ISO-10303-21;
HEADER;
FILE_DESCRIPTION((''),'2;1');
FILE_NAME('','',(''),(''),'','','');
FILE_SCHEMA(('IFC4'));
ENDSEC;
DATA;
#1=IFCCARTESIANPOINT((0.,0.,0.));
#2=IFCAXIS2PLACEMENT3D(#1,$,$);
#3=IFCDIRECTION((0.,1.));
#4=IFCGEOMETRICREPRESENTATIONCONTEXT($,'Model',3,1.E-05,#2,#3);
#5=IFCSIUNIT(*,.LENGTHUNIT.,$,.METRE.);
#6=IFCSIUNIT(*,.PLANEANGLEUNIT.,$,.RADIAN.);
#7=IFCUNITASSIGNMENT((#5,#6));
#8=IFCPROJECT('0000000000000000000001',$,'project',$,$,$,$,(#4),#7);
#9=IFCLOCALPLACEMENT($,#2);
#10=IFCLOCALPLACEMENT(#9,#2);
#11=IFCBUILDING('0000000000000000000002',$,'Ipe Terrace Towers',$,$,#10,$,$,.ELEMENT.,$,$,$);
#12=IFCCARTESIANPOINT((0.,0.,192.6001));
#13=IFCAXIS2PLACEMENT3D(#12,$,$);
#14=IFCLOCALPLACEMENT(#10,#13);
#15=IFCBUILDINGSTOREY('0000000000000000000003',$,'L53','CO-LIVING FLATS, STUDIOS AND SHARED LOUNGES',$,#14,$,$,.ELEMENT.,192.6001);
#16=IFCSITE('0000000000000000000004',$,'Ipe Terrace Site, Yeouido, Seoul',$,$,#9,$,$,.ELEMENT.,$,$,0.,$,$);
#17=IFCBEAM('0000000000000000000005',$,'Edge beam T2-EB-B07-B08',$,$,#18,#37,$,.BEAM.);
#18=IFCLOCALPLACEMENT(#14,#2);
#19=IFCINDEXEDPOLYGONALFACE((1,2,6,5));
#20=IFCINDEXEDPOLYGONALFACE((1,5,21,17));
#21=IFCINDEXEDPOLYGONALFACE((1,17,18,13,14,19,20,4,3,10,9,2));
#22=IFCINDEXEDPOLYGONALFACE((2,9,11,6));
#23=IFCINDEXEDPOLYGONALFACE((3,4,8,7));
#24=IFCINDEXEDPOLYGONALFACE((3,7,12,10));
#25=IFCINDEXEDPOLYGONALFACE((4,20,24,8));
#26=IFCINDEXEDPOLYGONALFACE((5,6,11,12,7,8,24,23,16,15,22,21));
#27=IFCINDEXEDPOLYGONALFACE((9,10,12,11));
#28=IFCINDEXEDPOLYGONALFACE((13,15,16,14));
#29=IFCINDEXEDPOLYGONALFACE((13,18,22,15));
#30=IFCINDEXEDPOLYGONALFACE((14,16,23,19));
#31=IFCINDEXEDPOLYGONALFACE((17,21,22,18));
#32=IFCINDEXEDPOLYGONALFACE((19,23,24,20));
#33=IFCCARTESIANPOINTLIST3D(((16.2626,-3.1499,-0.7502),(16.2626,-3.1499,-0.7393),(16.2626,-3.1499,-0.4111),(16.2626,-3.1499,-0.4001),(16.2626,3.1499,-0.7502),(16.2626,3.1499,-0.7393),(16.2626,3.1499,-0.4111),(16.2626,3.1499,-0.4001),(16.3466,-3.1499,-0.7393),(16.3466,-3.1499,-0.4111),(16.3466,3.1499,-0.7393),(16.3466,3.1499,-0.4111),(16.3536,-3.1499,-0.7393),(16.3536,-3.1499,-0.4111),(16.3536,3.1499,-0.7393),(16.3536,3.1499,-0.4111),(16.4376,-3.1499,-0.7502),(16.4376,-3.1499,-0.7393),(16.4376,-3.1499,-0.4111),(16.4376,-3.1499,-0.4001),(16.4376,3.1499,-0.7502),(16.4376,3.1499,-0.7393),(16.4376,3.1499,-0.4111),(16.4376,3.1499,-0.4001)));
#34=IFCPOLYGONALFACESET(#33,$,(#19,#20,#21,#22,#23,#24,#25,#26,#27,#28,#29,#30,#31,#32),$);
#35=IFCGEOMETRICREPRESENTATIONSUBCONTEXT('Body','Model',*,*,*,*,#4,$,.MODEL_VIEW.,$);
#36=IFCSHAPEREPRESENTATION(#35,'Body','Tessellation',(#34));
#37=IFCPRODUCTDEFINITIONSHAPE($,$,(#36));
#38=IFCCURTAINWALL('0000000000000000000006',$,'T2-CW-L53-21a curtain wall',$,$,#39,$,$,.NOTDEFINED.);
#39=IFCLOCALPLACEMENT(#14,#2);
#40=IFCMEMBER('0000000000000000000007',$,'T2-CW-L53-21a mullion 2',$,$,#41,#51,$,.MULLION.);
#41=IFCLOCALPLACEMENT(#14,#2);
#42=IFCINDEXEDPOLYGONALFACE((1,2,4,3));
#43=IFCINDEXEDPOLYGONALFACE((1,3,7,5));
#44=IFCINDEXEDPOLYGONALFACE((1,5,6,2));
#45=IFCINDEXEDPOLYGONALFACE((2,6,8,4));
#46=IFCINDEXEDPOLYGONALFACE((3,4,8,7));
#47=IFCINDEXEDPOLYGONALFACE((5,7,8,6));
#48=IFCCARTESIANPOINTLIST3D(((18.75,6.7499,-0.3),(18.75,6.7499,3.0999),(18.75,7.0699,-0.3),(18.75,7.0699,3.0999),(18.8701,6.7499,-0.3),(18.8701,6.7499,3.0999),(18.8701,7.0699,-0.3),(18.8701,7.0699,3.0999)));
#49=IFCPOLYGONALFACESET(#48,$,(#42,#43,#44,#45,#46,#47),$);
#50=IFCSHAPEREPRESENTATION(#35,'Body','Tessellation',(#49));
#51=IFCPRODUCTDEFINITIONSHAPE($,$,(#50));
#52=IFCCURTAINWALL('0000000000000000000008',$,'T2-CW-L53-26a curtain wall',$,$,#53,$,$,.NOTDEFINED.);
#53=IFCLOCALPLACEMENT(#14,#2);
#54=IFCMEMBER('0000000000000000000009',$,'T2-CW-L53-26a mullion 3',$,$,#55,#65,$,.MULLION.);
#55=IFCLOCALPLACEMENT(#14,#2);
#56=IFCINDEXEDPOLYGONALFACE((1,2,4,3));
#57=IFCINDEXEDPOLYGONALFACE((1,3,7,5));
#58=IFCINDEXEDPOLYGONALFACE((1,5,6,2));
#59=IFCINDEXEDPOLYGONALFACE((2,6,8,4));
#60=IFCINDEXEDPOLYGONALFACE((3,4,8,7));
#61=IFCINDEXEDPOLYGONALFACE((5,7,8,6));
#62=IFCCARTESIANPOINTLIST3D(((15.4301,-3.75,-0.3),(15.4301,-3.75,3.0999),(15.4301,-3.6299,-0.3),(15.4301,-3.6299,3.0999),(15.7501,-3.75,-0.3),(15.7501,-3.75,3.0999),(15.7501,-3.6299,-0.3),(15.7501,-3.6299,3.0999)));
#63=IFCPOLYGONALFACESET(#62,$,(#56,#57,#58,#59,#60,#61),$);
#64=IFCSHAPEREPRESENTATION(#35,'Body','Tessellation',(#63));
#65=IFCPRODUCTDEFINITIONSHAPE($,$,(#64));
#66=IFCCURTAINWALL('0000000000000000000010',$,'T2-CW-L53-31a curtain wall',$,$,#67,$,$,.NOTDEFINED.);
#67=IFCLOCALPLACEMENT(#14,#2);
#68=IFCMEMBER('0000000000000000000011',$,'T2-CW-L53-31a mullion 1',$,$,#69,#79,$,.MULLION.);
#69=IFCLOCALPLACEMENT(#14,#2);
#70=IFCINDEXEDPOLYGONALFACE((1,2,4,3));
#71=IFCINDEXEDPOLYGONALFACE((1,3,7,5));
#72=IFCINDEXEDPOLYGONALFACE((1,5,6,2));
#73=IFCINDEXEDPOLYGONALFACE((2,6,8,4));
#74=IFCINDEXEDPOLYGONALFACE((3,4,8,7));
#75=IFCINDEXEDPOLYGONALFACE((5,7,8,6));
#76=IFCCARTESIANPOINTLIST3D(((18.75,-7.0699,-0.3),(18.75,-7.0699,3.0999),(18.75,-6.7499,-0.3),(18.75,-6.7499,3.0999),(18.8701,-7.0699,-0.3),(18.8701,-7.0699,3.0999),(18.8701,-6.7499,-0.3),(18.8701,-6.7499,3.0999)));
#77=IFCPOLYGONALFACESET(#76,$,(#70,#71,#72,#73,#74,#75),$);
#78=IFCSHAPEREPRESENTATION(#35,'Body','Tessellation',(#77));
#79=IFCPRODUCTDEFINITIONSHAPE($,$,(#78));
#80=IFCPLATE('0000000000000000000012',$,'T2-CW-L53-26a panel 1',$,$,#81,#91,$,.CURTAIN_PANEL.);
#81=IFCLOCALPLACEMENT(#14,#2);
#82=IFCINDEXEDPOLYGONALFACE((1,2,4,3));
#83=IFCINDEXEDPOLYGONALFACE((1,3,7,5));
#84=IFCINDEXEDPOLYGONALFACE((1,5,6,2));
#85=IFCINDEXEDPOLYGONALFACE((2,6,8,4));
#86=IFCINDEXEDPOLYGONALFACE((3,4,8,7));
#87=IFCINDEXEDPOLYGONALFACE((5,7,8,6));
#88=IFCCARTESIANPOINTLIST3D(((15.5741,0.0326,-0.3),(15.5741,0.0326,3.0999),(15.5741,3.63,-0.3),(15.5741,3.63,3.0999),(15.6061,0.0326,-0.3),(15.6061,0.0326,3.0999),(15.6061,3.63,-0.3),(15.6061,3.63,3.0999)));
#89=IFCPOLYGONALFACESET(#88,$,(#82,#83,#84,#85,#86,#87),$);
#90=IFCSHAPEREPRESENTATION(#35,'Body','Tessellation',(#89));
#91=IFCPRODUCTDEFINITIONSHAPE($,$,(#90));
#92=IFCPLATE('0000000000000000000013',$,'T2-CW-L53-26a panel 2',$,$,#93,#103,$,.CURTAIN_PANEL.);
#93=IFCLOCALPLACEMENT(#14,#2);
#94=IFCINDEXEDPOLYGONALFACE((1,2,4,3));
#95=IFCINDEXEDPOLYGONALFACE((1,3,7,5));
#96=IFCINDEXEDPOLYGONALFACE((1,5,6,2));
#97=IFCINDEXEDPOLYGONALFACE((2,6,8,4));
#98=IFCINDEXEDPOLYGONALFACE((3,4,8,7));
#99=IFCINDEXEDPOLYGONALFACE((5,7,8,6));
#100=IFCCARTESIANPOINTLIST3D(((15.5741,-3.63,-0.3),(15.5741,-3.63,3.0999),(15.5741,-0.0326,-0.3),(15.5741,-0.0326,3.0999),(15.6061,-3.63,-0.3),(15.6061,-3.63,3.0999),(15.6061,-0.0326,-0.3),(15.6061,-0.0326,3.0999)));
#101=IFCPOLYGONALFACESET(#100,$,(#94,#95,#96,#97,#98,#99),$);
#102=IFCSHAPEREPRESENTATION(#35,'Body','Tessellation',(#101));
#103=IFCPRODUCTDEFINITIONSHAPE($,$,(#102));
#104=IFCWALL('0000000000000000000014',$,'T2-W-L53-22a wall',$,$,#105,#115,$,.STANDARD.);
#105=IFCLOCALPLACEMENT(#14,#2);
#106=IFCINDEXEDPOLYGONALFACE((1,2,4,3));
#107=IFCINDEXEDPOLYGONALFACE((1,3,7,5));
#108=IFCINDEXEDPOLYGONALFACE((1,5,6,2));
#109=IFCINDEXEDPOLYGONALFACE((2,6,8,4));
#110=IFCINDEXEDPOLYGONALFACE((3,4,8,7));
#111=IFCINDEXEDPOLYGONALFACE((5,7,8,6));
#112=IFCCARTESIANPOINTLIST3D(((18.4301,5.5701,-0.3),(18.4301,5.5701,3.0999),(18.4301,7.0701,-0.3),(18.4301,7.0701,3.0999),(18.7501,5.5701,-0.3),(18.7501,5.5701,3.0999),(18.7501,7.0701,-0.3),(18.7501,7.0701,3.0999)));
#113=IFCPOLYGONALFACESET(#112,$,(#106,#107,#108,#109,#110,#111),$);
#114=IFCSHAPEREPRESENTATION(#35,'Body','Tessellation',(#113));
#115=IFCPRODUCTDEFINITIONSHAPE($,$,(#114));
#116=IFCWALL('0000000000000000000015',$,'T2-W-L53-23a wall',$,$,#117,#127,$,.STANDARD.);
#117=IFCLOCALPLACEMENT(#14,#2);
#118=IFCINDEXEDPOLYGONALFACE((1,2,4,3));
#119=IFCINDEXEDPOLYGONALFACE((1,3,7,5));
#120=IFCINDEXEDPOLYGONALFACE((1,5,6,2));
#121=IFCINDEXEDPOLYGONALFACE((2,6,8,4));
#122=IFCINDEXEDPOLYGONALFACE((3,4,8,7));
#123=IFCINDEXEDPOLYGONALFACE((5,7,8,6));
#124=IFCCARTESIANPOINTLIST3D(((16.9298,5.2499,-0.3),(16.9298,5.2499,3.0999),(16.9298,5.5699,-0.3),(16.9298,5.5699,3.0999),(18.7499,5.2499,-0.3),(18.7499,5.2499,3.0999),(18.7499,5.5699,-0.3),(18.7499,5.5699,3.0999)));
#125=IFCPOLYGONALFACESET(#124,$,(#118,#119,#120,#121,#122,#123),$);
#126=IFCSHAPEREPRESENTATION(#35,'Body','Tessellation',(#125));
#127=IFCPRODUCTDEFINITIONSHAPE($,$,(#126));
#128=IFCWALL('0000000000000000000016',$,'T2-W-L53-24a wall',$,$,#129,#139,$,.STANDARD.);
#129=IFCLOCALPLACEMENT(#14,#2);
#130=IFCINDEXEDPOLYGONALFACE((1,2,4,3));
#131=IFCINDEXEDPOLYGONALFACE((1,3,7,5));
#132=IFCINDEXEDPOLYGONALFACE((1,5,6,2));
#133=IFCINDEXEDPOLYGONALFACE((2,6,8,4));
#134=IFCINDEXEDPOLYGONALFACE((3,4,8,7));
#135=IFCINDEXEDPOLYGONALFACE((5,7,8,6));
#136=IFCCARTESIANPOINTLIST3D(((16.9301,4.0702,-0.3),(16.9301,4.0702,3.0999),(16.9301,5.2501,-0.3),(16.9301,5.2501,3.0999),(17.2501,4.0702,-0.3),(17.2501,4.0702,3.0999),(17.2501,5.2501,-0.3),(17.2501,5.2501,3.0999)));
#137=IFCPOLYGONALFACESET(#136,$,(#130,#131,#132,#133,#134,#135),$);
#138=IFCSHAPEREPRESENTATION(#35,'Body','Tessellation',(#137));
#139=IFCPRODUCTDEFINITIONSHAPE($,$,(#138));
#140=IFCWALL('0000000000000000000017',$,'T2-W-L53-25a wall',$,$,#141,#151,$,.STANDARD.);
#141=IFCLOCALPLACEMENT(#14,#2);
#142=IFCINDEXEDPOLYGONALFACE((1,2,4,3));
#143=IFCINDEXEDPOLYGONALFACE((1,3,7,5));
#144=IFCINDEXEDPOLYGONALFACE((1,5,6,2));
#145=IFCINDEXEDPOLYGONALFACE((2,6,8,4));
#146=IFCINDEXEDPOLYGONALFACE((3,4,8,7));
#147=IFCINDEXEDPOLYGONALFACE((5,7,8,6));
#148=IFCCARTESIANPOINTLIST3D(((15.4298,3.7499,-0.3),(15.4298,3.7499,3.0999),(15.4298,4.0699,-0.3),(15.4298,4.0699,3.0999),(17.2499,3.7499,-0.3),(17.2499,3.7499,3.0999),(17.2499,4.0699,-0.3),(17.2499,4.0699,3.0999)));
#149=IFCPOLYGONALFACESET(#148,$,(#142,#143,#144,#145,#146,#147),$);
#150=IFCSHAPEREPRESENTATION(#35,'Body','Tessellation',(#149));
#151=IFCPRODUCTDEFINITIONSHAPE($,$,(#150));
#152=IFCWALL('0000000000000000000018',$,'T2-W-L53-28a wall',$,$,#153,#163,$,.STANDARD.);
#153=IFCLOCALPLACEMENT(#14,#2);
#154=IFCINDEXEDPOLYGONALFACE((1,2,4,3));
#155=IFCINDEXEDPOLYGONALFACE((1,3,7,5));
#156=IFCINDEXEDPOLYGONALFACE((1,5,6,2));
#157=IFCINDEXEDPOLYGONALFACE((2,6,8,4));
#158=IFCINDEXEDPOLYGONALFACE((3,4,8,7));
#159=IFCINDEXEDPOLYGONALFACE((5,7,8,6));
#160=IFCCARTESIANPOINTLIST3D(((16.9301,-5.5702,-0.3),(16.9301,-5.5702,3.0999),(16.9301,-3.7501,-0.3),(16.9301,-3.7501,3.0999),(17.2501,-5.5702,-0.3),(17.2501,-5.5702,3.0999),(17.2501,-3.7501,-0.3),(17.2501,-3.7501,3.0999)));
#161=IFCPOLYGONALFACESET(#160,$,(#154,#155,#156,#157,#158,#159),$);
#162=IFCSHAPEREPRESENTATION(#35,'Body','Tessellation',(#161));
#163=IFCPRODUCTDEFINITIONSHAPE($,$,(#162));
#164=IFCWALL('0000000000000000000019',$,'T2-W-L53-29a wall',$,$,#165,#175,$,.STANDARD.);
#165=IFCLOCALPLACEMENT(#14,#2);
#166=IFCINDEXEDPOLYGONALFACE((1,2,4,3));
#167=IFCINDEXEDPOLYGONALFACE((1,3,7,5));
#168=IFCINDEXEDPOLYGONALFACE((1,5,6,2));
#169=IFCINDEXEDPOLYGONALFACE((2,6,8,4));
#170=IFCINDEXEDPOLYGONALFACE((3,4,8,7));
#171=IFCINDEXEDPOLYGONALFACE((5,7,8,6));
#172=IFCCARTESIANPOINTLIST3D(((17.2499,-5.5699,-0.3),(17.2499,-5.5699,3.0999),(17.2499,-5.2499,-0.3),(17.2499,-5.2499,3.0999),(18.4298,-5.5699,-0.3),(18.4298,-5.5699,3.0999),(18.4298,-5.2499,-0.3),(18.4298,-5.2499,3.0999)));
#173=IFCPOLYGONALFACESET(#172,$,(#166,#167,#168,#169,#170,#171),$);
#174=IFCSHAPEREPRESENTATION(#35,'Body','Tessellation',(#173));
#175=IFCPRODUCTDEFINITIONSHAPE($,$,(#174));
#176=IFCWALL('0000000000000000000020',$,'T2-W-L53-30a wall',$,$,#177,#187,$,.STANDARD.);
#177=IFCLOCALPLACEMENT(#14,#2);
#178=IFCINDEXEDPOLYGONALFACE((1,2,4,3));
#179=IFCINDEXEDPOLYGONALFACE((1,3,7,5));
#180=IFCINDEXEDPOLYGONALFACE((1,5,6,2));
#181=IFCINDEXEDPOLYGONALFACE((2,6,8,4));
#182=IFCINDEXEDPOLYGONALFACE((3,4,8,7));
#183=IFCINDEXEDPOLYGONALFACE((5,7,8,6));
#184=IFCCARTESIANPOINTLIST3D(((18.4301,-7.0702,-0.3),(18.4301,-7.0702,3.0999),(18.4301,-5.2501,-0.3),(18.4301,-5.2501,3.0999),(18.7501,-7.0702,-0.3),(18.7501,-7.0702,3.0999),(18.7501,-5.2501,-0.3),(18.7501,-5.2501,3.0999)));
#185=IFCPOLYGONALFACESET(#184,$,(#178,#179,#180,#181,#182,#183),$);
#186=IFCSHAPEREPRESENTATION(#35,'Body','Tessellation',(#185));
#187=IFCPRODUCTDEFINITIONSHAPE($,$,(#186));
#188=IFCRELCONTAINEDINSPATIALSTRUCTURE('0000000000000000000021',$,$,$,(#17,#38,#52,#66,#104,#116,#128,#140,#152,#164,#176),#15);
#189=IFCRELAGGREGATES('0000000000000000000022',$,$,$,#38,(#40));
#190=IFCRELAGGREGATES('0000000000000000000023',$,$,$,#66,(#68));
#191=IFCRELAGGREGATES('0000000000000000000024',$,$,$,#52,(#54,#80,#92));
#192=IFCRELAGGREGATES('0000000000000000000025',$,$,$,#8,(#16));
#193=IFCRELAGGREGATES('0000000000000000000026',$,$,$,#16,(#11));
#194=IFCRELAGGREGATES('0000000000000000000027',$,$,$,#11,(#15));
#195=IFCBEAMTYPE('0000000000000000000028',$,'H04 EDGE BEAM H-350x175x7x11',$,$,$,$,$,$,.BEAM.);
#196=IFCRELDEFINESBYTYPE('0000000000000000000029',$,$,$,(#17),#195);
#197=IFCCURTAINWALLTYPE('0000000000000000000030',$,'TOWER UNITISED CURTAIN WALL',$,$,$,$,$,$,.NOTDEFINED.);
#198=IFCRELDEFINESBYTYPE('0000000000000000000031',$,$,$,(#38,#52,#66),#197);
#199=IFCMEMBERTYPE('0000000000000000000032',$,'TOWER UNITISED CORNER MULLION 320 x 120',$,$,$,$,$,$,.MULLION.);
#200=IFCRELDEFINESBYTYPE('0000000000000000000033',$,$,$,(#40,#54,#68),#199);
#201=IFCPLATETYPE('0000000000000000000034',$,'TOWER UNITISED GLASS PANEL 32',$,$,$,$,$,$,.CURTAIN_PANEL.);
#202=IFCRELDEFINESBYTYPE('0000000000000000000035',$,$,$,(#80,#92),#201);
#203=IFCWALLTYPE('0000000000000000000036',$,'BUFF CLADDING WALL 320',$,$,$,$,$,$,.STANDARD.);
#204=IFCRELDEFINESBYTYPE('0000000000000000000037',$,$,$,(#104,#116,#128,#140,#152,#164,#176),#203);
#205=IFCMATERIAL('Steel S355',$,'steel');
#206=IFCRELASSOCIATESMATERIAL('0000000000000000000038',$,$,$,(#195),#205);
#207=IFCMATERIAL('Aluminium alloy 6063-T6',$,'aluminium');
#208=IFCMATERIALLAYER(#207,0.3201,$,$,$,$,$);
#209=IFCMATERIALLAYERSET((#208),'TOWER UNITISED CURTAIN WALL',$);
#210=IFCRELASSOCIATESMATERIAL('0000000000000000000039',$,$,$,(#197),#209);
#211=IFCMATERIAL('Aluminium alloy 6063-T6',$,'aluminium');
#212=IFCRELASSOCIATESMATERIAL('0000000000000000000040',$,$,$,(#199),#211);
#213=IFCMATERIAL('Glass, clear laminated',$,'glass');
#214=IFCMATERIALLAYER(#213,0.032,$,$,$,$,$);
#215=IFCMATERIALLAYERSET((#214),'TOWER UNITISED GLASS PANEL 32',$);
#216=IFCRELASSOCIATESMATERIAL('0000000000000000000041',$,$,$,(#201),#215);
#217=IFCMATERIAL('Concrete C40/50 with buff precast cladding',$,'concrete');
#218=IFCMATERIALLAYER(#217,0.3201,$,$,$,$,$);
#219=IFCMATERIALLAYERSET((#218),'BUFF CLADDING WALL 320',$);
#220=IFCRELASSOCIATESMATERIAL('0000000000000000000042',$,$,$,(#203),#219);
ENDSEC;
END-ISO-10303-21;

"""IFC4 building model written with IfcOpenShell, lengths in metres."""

from ifc_helpers import new_model, si_unit, direction, frame, frame_2d, origin, origin_2d, place, context, subcontext, project, spatial, rectangle, i_section, extrude, material, layer, layer_set, material_profile, profile_set, type_object, element, aggregate, save


model = new_model("IFC4")

# Units and contexts
model_context = context("Model", 3, precision=1e-05, world=origin(), true_north=direction((0.0, 1.0)))
body_context = subcontext(model_context, "Body", "Model", "MODEL_VIEW")
ifc_project = project(units=[si_unit("LENGTHUNIT", "METRE"), si_unit("PLANEANGLEUNIT", "RADIAN")], contexts=[model_context])

# Site, building, storey
site_placement = place(None, origin())
site = spatial("IfcSite", under=ifc_project, at=site_placement, Name="Ipe Terrace Site, Yeouido, Seoul", CompositionType="ELEMENT", RefElevation=0.0)
building_placement = place(site_placement, origin())
building = spatial("IfcBuilding", under=site, at=building_placement, Name="Ipe Terrace Towers", CompositionType="ELEMENT")
storey_placement = place(building_placement, frame((0.0, 0.0, 192.6001)))
storey = spatial("IfcBuildingStorey", under=building, at=storey_placement, Name="L53", Description="CO-LIVING FLATS, STUDIOS AND SHARED LOUNGES", CompositionType="ELEMENT", Elevation=192.6001)

# Beam
ifc_material_1 = material(Name="Steel S355", Category="steel")
ifc_material_profile_1 = material_profile(ifc_material_1, i_section(OverallWidth=0.175, OverallDepth=0.3501, WebThickness=0.0071, FlangeThickness=0.011, at=origin_2d()), Name="H-350x175x7x11")
ifc_profile_set_1 = profile_set([ifc_material_profile_1], Name="Steel S355")
beam_type_1 = type_object("IfcBeamType", Name="H04 EDGE BEAM H-350x175x7x11", PredefinedType="BEAM", material=ifc_profile_set_1)
beam_placement = place(storey_placement, frame((16.3501, 3.1499, -0.5752), z_axis=(0.0, -1.0, 0.0), x_axis=(1.0, 0.0, 0.0)))
element("IfcBeam", 1, at=beam_placement, inside=storey, type_object=beam_type_1, Name="Edge beam T2-EB-B07-B08", PredefinedType="BEAM", context=body_context, shape_type="SweptSolid", body=[
    extrude(i_section(OverallWidth=0.175, OverallDepth=0.3501, WebThickness=0.0071, FlangeThickness=0.011, at=origin_2d()), origin(), (0.0, 0.0, 1.0), 6.2998),
])

# Curtain walls, members
ifc_material_2 = material(Name="Aluminium alloy 6063-T6", Category="aluminium")
ifc_layer_1 = layer(ifc_material_2, 0.3201)
ifc_layer_set_1 = layer_set([ifc_layer_1], Name="TOWER UNITISED CURTAIN WALL")
curtain_wall_type = type_object("IfcCurtainWallType", Name="TOWER UNITISED CURTAIN WALL", PredefinedType="NOTDEFINED", material=ifc_layer_set_1)
curtain_wall_1_placement = place(storey_placement, origin())
curtain_wall_1 = element("IfcCurtainWall", 2, at=curtain_wall_1_placement, inside=storey, type_object=curtain_wall_type, Name="T2-CW-L53-21a curtain wall", PredefinedType="NOTDEFINED")
ifc_material_3 = material(Name="Aluminium alloy 6063-T6", Category="aluminium")
ifc_material_profile_2 = material_profile(ifc_material_3, rectangle(XDim=0.3201, YDim=0.1201, at=origin_2d()), Name="TOWER UNITISED CORNER MULLION 320 x 120")
ifc_profile_set_2 = profile_set([ifc_material_profile_2], Name="Aluminium alloy 6063-T6")
member_type = type_object("IfcMemberType", Name="TOWER UNITISED CORNER MULLION 320 x 120", PredefinedType="MULLION", material=ifc_profile_set_2)
member_1_placement = place(storey_placement, frame((18.8101, 6.9099, -0.3), z_axis=(0.0, 0.0, 1.0), x_axis=(0.0, 1.0, 0.0)))
member_1 = element("IfcMember", 3, at=member_1_placement, type_object=member_type, Name="T2-CW-L53-21a mullion 2", PredefinedType="MULLION", context=body_context, shape_type="SweptSolid", body=[
    extrude(rectangle(XDim=0.3201, YDim=0.1201, at=origin_2d()), origin(), (0.0, 0.0, 1.0), 3.3999),
])
aggregate(curtain_wall_1, [member_1])
curtain_wall_2_placement = place(storey_placement, origin())
curtain_wall_2 = element("IfcCurtainWall", 4, at=curtain_wall_2_placement, inside=storey, type_object=curtain_wall_type, Name="T2-CW-L53-26a curtain wall", PredefinedType="NOTDEFINED")
member_2_placement = place(storey_placement, frame((15.5901, -3.6899, -0.3), z_axis=(0.0, 0.0, 1.0), x_axis=(-1.0, 0.0, 0.0)))
member_2 = element("IfcMember", 5, at=member_2_placement, type_object=member_type, Name="T2-CW-L53-26a mullion 3", PredefinedType="MULLION", context=body_context, shape_type="SweptSolid", body=[
    extrude(rectangle(XDim=0.3201, YDim=0.1201, at=origin_2d()), origin(), (0.0, 0.0, 1.0), 3.3999),
])
curtain_wall_3_placement = place(storey_placement, origin())
curtain_wall_3 = element("IfcCurtainWall", 6, at=curtain_wall_3_placement, inside=storey, type_object=curtain_wall_type, Name="T2-CW-L53-31a curtain wall", PredefinedType="NOTDEFINED")
member_3_placement = place(storey_placement, frame((18.8101, -6.9099, -0.3), z_axis=(0.0, 0.0, 1.0), x_axis=(0.0, -1.0, 0.0)))
member_3 = element("IfcMember", 7, at=member_3_placement, type_object=member_type, Name="T2-CW-L53-31a mullion 1", PredefinedType="MULLION", context=body_context, shape_type="SweptSolid", body=[
    extrude(rectangle(XDim=0.3201, YDim=0.1201, at=origin_2d()), origin(), (0.0, 0.0, 1.0), 3.3999),
])
aggregate(curtain_wall_3, [member_3])

# Plates
ifc_material_4 = material(Name="Glass, clear laminated", Category="glass")
ifc_layer_2 = layer(ifc_material_4, 0.032)
ifc_layer_set_2 = layer_set([ifc_layer_2], Name="TOWER UNITISED GLASS PANEL 32")
plate_type = type_object("IfcPlateType", Name="TOWER UNITISED GLASS PANEL 32", PredefinedType="CURTAIN_PANEL", material=ifc_layer_set_2)
plate_1_placement = place(storey_placement, frame((15.5901, 1.8313, -0.3), z_axis=(0.0, 0.0, 1.0), x_axis=(0.0, -1.0, 0.0)))
plate_1 = element("IfcPlate", 8, at=plate_1_placement, type_object=plate_type, Name="T2-CW-L53-26a panel 1", PredefinedType="CURTAIN_PANEL", context=body_context, shape_type="SweptSolid", body=[
    extrude(rectangle(XDim=3.5974, YDim=0.032, at=origin_2d()), origin(), (0.0, 0.0, 1.0), 3.3999),
])
plate_2_placement = place(storey_placement, frame((15.5901, -1.8313, -0.3), z_axis=(0.0, 0.0, 1.0), x_axis=(0.0, -1.0, 0.0)))
plate_2 = element("IfcPlate", 9, at=plate_2_placement, type_object=plate_type, Name="T2-CW-L53-26a panel 2", PredefinedType="CURTAIN_PANEL", context=body_context, shape_type="SweptSolid", body=[
    extrude(rectangle(XDim=3.5974, YDim=0.032, at=origin_2d()), origin(), (0.0, 0.0, 1.0), 3.3999),
])
aggregate(curtain_wall_2, [member_2, plate_1, plate_2])

# Walls
ifc_material_5 = material(Name="Concrete C40/50 with buff precast cladding", Category="concrete")
ifc_layer_3 = layer(ifc_material_5, 0.3201)
ifc_layer_set_3 = layer_set([ifc_layer_3], Name="BUFF CLADDING WALL 320")
wall_type_1 = type_object("IfcWallType", Name="BUFF CLADDING WALL 320", PredefinedType="STANDARD", material=ifc_layer_set_3)
wall_1_placement = place(storey_placement, frame((18.5901, 7.0701, -0.3), z_axis=(0.0, 0.0, 1.0), x_axis=(0.0, -1.0, 0.0)))
element("IfcWall", 10, at=wall_1_placement, inside=storey, type_object=wall_type_1, Name="T2-W-L53-22a wall", PredefinedType="STANDARD", context=body_context, shape_type="SweptSolid", body=[
    extrude(rectangle(XDim=1.5, YDim=0.3201, at=frame_2d((0.75, 0.0))), origin(), (0.0, 0.0, 1.0), 3.3999),
])
wall_2_placement = place(storey_placement, frame((18.75, 5.4099, -0.3), z_axis=(0.0, 0.0, 1.0), x_axis=(-1.0, 0.0, 0.0)))
element("IfcWall", 11, at=wall_2_placement, inside=storey, type_object=wall_type_1, Name="T2-W-L53-23a wall", PredefinedType="STANDARD", context=body_context, shape_type="SweptSolid", body=[
    extrude(rectangle(XDim=1.8201, YDim=0.3201, at=frame_2d((0.9102, 0.0))), origin(), (0.0, 0.0, 1.0), 3.3999),
])
wall_3_placement = place(storey_placement, frame((17.0901, 5.25, -0.3), z_axis=(0.0, 0.0, 1.0), x_axis=(0.0, -1.0, 0.0)))
element("IfcWall", 12, at=wall_3_placement, inside=storey, type_object=wall_type_1, Name="T2-W-L53-24a wall", PredefinedType="STANDARD", context=body_context, shape_type="SweptSolid", body=[
    extrude(rectangle(XDim=1.1799, YDim=0.3201, at=frame_2d((0.5898, 0.0))), origin(), (0.0, 0.0, 1.0), 3.3999),
])
for number, where, z_axis, x_axis, name in (
    (13, (17.25, 3.9099, -0.3), (0.0, 0.0, 1.0), (-1.0, 0.0, 0.0), "T2-W-L53-25a wall"),
    (14, (17.0901, -3.75, -0.3), (0.0, 0.0, 1.0), (0.0, -1.0, 0.0), "T2-W-L53-28a wall"),
):
    element("IfcWall", number, at=place(storey_placement, frame(where, z_axis=z_axis, x_axis=x_axis)), inside=storey, type_object=wall_type_1, Name=name, PredefinedType="STANDARD", context=body_context, shape_type="SweptSolid", body=[
        extrude(rectangle(XDim=1.8201, YDim=0.3201, at=frame_2d((0.9102, 0.0))), origin(), (0.0, 0.0, 1.0), 3.3999),
    ])
wall_4_placement = place(storey_placement, frame((17.25, -5.4099, -0.3), z_axis=(0.0, 0.0, 1.0), x_axis=(1.0, 0.0, 0.0)))
element("IfcWall", 15, at=wall_4_placement, inside=storey, type_object=wall_type_1, Name="T2-W-L53-29a wall", PredefinedType="STANDARD", context=body_context, shape_type="SweptSolid", body=[
    extrude(rectangle(XDim=1.1799, YDim=0.3201, at=frame_2d((0.5898, 0.0))), origin(), (0.0, 0.0, 1.0), 3.3999),
])
wall_5_placement = place(storey_placement, frame((18.5901, -5.25, -0.3), z_axis=(0.0, 0.0, 1.0), x_axis=(0.0, -1.0, 0.0)))
element("IfcWall", 16, at=wall_5_placement, inside=storey, type_object=wall_type_1, Name="T2-W-L53-30a wall", PredefinedType="STANDARD", context=body_context, shape_type="SweptSolid", body=[
    extrude(rectangle(XDim=1.8201, YDim=0.3201, at=frame_2d((0.9102, 0.0))), origin(), (0.0, 0.0, 1.0), 3.3999),
])

save(model, "model.ifc")
